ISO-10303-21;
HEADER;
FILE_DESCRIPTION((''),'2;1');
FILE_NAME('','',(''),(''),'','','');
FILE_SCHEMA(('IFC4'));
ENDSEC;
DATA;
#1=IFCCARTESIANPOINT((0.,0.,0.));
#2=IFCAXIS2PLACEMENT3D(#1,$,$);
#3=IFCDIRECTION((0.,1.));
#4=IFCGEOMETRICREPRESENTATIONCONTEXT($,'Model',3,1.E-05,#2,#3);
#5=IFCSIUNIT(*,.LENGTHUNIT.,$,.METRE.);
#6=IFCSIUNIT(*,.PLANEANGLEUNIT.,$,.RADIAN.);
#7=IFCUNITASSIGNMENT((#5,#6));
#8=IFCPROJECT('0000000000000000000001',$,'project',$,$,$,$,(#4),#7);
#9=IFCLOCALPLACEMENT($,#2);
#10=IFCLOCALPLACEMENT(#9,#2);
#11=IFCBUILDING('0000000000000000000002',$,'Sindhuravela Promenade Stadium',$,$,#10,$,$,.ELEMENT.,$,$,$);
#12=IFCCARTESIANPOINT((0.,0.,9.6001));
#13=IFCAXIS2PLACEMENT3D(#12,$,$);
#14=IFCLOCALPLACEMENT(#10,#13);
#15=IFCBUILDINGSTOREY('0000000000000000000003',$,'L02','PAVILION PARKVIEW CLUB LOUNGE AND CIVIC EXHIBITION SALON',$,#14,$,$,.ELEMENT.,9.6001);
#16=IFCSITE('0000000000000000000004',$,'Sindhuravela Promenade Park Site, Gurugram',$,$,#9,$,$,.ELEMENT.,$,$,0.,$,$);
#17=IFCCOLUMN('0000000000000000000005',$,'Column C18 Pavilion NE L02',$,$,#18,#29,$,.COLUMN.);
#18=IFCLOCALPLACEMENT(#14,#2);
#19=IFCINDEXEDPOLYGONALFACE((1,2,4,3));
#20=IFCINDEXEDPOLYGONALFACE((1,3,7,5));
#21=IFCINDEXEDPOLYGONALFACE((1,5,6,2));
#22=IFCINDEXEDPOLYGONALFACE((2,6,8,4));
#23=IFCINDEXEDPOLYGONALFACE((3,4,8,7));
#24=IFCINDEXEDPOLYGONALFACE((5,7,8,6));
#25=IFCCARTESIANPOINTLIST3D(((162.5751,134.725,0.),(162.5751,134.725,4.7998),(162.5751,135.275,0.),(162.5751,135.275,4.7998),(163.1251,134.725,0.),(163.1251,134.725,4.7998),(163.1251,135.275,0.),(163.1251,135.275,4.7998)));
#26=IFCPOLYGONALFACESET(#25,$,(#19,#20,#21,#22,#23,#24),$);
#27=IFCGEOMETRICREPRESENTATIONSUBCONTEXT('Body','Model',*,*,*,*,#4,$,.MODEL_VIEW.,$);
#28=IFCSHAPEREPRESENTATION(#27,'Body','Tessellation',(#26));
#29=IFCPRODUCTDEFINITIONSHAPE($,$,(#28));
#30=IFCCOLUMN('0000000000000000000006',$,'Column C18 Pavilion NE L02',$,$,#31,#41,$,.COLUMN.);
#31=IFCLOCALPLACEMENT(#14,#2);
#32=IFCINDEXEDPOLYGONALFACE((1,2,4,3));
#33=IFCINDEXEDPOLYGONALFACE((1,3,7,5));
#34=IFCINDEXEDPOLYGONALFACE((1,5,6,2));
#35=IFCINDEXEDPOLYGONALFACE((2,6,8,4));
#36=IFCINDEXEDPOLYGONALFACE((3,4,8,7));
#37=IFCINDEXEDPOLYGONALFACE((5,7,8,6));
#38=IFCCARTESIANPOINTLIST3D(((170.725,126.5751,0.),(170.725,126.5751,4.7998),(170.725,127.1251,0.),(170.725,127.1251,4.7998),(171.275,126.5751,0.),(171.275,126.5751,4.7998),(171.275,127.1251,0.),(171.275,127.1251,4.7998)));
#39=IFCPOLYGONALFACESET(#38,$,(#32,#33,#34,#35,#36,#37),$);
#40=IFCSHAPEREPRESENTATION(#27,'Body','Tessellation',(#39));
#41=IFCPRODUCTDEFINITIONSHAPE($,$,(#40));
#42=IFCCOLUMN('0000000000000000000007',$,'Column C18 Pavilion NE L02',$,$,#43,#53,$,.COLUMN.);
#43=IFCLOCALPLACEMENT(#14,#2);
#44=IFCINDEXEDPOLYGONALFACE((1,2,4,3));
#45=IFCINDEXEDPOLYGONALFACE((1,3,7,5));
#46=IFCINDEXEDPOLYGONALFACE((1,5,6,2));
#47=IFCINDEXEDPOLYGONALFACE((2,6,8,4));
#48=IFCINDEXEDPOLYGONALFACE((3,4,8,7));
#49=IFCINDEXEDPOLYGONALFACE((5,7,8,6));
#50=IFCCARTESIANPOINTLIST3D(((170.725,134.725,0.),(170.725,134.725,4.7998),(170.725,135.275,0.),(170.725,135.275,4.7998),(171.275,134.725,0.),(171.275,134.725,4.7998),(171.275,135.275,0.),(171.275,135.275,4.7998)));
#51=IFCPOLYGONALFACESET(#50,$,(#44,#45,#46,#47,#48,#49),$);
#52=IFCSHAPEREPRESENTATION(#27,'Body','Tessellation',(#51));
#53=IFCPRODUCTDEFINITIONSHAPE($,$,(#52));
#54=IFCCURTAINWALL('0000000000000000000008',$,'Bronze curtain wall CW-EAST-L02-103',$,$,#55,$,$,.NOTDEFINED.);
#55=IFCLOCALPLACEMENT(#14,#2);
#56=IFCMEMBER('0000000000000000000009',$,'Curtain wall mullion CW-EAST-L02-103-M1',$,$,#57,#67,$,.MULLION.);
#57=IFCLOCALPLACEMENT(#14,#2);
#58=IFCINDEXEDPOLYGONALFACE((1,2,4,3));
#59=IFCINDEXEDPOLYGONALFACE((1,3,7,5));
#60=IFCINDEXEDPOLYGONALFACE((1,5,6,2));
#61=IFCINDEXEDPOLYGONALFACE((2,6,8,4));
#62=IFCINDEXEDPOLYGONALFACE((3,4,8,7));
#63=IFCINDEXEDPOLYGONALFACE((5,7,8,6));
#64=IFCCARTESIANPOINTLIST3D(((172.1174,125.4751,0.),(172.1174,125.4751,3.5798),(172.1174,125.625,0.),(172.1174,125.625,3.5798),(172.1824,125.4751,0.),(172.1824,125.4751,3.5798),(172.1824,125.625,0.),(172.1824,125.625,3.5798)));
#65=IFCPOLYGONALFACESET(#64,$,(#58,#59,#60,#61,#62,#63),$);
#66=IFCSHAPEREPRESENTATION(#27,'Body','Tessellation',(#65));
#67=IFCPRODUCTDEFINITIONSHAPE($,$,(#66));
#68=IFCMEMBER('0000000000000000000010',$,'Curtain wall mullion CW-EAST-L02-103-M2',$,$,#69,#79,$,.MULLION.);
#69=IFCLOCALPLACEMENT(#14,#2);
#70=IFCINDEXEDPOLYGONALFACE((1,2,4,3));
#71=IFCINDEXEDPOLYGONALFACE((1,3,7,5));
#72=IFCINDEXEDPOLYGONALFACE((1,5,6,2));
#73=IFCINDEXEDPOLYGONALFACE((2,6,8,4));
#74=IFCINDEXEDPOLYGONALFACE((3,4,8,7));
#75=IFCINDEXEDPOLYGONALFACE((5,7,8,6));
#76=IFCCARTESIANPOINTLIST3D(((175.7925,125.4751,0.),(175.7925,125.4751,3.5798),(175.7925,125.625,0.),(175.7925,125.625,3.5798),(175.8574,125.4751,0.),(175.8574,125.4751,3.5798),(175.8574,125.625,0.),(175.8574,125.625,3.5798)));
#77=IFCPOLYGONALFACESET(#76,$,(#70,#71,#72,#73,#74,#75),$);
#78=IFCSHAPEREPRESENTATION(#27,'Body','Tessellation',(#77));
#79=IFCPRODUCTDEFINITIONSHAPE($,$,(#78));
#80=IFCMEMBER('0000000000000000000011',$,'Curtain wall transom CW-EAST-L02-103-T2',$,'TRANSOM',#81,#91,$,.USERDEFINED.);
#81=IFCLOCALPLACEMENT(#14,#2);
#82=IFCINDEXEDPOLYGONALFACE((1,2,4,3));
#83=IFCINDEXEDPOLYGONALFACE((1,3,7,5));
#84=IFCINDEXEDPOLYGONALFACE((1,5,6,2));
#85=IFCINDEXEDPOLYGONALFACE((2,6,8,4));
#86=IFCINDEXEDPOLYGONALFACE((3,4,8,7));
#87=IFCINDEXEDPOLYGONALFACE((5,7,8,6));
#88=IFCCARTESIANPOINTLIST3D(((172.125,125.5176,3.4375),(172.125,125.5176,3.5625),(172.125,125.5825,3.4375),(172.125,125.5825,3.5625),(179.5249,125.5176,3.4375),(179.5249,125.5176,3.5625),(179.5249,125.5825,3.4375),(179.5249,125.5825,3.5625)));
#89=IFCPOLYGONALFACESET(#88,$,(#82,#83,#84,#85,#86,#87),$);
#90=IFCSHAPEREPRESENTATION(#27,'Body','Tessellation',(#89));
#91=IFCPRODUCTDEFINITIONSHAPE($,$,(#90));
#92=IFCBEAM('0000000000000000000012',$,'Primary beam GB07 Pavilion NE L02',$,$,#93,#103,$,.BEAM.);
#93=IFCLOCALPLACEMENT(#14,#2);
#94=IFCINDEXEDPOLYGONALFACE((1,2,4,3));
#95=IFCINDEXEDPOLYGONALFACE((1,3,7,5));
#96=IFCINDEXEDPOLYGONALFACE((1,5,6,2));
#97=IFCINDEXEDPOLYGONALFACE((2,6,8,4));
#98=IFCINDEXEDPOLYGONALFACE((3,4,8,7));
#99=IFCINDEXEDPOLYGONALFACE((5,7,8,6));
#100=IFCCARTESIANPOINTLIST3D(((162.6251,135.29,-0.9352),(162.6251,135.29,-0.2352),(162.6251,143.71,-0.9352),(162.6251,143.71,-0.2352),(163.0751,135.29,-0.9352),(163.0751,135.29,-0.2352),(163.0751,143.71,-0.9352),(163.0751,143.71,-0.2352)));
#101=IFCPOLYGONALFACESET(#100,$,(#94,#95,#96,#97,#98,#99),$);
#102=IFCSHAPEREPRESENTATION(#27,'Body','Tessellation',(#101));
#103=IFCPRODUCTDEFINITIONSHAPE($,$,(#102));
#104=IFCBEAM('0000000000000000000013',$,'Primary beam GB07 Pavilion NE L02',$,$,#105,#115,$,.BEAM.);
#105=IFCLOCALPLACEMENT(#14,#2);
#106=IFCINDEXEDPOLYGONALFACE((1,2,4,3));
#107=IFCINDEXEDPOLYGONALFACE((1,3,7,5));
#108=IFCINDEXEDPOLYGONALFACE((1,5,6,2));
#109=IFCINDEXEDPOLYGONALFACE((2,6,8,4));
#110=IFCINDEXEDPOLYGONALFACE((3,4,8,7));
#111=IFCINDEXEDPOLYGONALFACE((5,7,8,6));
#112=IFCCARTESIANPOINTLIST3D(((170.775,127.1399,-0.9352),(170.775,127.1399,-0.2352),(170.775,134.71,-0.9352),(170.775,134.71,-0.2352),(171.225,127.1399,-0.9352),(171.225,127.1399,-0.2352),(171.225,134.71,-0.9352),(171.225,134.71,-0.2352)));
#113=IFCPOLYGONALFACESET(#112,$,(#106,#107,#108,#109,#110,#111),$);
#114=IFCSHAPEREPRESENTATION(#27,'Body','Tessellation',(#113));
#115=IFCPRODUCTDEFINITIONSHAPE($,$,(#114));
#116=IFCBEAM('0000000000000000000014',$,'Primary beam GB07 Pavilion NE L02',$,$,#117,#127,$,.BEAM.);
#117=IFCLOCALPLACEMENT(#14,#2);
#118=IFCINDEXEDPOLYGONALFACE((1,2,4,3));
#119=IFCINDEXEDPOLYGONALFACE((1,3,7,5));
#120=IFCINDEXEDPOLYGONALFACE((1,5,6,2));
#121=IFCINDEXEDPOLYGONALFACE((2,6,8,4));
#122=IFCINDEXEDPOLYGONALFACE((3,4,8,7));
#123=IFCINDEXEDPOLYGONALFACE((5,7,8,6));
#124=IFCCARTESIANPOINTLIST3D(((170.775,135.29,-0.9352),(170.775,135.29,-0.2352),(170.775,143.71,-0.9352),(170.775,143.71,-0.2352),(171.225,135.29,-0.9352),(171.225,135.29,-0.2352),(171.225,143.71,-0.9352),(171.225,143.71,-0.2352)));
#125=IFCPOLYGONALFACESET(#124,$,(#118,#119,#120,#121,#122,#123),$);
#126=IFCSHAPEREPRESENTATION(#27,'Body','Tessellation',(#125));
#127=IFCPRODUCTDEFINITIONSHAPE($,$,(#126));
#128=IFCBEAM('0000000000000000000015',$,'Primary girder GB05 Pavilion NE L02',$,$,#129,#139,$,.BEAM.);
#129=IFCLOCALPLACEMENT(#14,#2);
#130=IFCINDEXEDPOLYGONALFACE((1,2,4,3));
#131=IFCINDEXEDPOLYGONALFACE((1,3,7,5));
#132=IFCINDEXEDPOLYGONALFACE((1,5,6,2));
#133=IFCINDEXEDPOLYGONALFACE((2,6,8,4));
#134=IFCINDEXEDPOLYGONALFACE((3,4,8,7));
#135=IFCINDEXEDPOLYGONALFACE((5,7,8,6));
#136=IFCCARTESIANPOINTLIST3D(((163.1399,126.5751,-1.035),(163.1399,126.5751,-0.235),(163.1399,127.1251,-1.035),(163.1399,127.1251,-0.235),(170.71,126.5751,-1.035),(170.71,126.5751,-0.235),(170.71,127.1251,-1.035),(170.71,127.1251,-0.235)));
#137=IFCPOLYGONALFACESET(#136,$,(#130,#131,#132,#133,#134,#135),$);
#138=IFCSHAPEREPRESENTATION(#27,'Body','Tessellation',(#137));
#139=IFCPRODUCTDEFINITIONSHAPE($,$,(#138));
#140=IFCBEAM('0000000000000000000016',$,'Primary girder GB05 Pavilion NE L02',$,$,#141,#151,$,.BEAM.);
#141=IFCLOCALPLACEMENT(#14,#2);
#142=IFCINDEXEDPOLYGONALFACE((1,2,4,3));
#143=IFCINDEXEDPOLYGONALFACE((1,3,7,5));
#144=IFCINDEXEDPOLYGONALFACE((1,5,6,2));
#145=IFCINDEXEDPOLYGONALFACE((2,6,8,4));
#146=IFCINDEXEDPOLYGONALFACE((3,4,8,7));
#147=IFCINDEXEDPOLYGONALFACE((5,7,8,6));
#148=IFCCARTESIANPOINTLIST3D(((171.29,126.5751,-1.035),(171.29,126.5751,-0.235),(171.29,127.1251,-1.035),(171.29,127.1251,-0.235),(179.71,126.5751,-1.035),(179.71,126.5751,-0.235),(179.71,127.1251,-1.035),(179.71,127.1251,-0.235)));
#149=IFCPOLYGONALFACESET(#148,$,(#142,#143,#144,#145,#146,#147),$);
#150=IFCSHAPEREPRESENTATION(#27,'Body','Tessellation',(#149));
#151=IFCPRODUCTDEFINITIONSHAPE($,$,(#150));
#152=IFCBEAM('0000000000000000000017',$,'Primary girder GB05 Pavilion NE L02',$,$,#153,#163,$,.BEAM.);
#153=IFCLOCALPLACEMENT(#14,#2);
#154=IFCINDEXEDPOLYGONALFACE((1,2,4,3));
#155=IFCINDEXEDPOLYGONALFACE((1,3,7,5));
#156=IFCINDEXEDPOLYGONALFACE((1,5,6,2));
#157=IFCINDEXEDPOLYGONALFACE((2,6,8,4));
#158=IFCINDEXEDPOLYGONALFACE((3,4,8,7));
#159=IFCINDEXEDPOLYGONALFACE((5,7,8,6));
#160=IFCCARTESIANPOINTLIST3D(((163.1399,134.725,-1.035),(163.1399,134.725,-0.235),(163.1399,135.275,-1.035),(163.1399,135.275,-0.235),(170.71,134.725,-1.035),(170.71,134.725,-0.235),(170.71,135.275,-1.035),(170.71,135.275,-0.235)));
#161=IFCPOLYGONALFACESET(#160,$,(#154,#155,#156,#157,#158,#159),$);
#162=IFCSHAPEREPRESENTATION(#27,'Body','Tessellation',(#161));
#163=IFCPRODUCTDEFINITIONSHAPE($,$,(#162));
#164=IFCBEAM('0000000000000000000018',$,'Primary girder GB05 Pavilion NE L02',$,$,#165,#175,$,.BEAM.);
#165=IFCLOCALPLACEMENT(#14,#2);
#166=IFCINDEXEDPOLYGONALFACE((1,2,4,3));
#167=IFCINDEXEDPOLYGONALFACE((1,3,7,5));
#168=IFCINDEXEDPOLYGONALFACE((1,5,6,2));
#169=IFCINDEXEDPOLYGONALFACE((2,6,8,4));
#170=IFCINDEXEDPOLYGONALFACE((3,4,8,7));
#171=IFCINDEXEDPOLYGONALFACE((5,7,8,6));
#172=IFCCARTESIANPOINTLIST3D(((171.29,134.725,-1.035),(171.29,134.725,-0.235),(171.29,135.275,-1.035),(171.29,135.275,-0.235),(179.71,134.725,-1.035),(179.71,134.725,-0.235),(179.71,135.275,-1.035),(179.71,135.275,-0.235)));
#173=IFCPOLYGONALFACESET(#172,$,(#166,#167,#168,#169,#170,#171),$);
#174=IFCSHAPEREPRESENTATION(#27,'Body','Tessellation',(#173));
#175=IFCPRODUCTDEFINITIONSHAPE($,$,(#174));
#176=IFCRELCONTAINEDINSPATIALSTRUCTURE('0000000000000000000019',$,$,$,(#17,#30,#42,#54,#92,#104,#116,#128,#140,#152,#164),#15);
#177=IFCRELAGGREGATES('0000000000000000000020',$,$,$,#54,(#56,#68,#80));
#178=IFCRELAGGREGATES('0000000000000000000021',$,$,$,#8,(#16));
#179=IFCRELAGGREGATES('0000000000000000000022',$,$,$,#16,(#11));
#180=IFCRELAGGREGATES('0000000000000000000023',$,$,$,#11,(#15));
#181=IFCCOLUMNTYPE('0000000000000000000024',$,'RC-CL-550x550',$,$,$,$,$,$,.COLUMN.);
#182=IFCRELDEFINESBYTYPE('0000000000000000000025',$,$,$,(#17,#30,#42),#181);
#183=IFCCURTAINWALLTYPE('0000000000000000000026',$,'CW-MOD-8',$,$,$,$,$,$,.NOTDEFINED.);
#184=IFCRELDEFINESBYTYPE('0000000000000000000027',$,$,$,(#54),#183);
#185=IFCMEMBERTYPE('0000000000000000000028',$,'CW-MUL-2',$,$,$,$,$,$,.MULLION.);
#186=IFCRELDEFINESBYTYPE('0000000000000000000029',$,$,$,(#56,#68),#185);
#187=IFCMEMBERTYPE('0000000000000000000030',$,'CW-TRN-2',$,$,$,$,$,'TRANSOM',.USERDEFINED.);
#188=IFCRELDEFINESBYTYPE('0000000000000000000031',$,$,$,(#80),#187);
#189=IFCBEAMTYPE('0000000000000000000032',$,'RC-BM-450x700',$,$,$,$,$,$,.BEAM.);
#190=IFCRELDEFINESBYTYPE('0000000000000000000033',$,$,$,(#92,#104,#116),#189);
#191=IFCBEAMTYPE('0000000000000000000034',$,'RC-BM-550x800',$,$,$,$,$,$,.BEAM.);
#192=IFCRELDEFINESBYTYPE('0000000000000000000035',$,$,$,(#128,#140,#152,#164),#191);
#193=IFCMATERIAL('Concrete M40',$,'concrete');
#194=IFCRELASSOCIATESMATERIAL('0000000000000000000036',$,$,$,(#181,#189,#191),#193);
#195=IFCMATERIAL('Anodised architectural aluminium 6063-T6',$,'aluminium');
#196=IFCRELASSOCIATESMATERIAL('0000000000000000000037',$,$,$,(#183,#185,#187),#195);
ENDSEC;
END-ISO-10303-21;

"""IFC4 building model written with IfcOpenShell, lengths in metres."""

from ifc_helpers import new_model, si_unit, direction, frame, origin, origin_2d, place, context, subcontext, project, spatial, rectangle, extrude, material, material_profile, profile_set, type_object, element, aggregate, save


model = new_model("IFC4")

# Units and contexts
model_context = context("Model", 3, precision=1e-05, world=origin(), true_north=direction((0.0, 1.0)))
body_context = subcontext(model_context, "Body", "Model", "MODEL_VIEW")
ifc_project = project(units=[si_unit("LENGTHUNIT", "METRE"), si_unit("PLANEANGLEUNIT", "RADIAN")], contexts=[model_context])

# Site, building, storey
site_placement = place(None, origin())
site = spatial("IfcSite", under=ifc_project, at=site_placement, Name="Sindhuravela Promenade Park Site, Gurugram", CompositionType="ELEMENT", RefElevation=0.0)
building_placement = place(site_placement, origin())
building = spatial("IfcBuilding", under=site, at=building_placement, Name="Sindhuravela Promenade Stadium", CompositionType="ELEMENT")
storey_placement = place(building_placement, frame((0.0, 0.0, 9.6001)))
storey = spatial("IfcBuildingStorey", under=building, at=storey_placement, Name="L02", Description="PAVILION PARKVIEW CLUB LOUNGE AND CIVIC EXHIBITION SALON", CompositionType="ELEMENT", Elevation=9.6001)

# Columns
ifc_material_1 = material(Name="Concrete M40", Category="concrete")
ifc_material_profile_1 = material_profile(ifc_material_1, rectangle(XDim=0.55, YDim=0.55, at=origin_2d()), Name="RC 550x550")
ifc_profile_set_1 = profile_set([ifc_material_profile_1], Name="Concrete M40")
column_type = type_object("IfcColumnType", Name="RC-CL-550x550", PredefinedType="COLUMN", material=ifc_profile_set_1)
for number, where, z_axis, x_axis, name in (
    (1, (162.8501, 135.0, 0.0), (0.0, 0.0, 1.0), (1.0, 0.0, 0.0), "Column C18 Pavilion NE L02"),
    (2, (171.0, 126.8501, 0.0), (0.0, 0.0, 1.0), (1.0, 0.0, 0.0), "Column C18 Pavilion NE L02"),
    (3, (171.0, 135.0, 0.0), (0.0, 0.0, 1.0), (1.0, 0.0, 0.0), "Column C18 Pavilion NE L02"),
):
    element("IfcColumn", number, at=place(storey_placement, frame(where, z_axis=z_axis, x_axis=x_axis)), inside=storey, type_object=column_type, Name=name, PredefinedType="COLUMN", context=body_context, shape_type="SweptSolid", body=[
        extrude(rectangle(XDim=0.55, YDim=0.55, at=origin_2d()), origin(), (0.0, 0.0, 1.0), 4.7998),
    ])

# Curtain wall, members
ifc_material_2 = material(Name="Anodised architectural aluminium 6063-T6", Category="aluminium")
curtain_wall_type = type_object("IfcCurtainWallType", Name="CW-MOD-8", PredefinedType="NOTDEFINED", material=ifc_material_2)
curtain_wall_placement = place(storey_placement, origin())
curtain_wall = element("IfcCurtainWall", 4, at=curtain_wall_placement, inside=storey, type_object=curtain_wall_type, Name="Bronze curtain wall CW-EAST-L02-103", PredefinedType="NOTDEFINED")
ifc_material_profile_2 = material_profile(ifc_material_2, rectangle(XDim=0.0649, YDim=0.1499, at=origin_2d()), Name="ALU MULL 65x150")
ifc_profile_set_2 = profile_set([ifc_material_profile_2], Name="Anodised architectural aluminium 6063-T6")
member_type_1 = type_object("IfcMemberType", Name="CW-MUL-2", PredefinedType="MULLION", material=ifc_profile_set_2)
member_1_placement = place(storey_placement, frame((172.1499, 125.55, 0.0), z_axis=(0.0, 0.0, 1.0), x_axis=(1.0, 0.0, 0.0)))
member_1 = element("IfcMember", 5, at=member_1_placement, type_object=member_type_1, Name="Curtain wall mullion CW-EAST-L02-103-M1", PredefinedType="MULLION", context=body_context, shape_type="SweptSolid", body=[
    extrude(rectangle(XDim=0.0649, YDim=0.1499, at=origin_2d()), origin(), (0.0, 0.0, 1.0), 3.5798),
])
member_2_placement = place(storey_placement, frame((175.825, 125.55, 0.0), z_axis=(0.0, 0.0, 1.0), x_axis=(1.0, 0.0, 0.0)))
member_2 = element("IfcMember", 6, at=member_2_placement, type_object=member_type_1, Name="Curtain wall mullion CW-EAST-L02-103-M2", PredefinedType="MULLION", context=body_context, shape_type="SweptSolid", body=[
    extrude(rectangle(XDim=0.0649, YDim=0.1499, at=origin_2d()), origin(), (0.0, 0.0, 1.0), 3.5798),
])
ifc_material_profile_3 = material_profile(ifc_material_2, rectangle(XDim=0.0649, YDim=0.125, at=origin_2d()), Name="ALU TRAN 65x125")
ifc_profile_set_3 = profile_set([ifc_material_profile_3], Name="Anodised architectural aluminium 6063-T6")
member_type_2 = type_object("IfcMemberType", Name="CW-TRN-2", ElementType="TRANSOM", PredefinedType="USERDEFINED", material=ifc_profile_set_3)
member_3_placement = place(storey_placement, frame((172.125, 125.55, 3.5), z_axis=(1.0, 0.0, 0.0), x_axis=(0.0, 1.0, 0.0)))
member_3 = element("IfcMember", 7, at=member_3_placement, type_object=member_type_2, Name="Curtain wall transom CW-EAST-L02-103-T2", ObjectType="TRANSOM", PredefinedType="USERDEFINED", context=body_context, shape_type="SweptSolid", body=[
    extrude(rectangle(XDim=0.0649, YDim=0.125, at=origin_2d()), origin(), (0.0, 0.0, 1.0), 7.3999),
])

# Beams
ifc_material_profile_4 = material_profile(ifc_material_1, rectangle(XDim=0.45, YDim=0.7, at=origin_2d()), Name="RC 450x700")
ifc_profile_set_4 = profile_set([ifc_material_profile_4], Name="Concrete M40")
beam_type_1 = type_object("IfcBeamType", Name="RC-BM-450x700", PredefinedType="BEAM", material=ifc_profile_set_4)
beam_1_placement = place(storey_placement, frame((162.8501, 135.29, -0.5852), z_axis=(0.0, 1.0, 0.0), x_axis=(-1.0, 0.0, 0.0)))
element("IfcBeam", 8, at=beam_1_placement, inside=storey, type_object=beam_type_1, Name="Primary beam GB07 Pavilion NE L02", PredefinedType="BEAM", context=body_context, shape_type="SweptSolid", body=[
    extrude(rectangle(XDim=0.45, YDim=0.7, at=origin_2d()), origin(), (0.0, 0.0, 1.0), 8.4199),
])
beam_2_placement = place(storey_placement, frame((171.0, 127.1399, -0.5852), z_axis=(0.0, 1.0, 0.0), x_axis=(-1.0, 0.0, 0.0)))
element("IfcBeam", 9, at=beam_2_placement, inside=storey, type_object=beam_type_1, Name="Primary beam GB07 Pavilion NE L02", PredefinedType="BEAM", context=body_context, shape_type="SweptSolid", body=[
    extrude(rectangle(XDim=0.45, YDim=0.7, at=origin_2d()), origin(), (0.0, 0.0, 1.0), 7.5701),
])
beam_3_placement = place(storey_placement, frame((171.0, 135.29, -0.5852), z_axis=(0.0, 1.0, 0.0), x_axis=(-1.0, 0.0, 0.0)))
element("IfcBeam", 10, at=beam_3_placement, inside=storey, type_object=beam_type_1, Name="Primary beam GB07 Pavilion NE L02", PredefinedType="BEAM", context=body_context, shape_type="SweptSolid", body=[
    extrude(rectangle(XDim=0.45, YDim=0.7, at=origin_2d()), origin(), (0.0, 0.0, 1.0), 8.4199),
])
ifc_material_profile_5 = material_profile(ifc_material_1, rectangle(XDim=0.55, YDim=0.8, at=origin_2d()), Name="RC 550x800")
ifc_profile_set_5 = profile_set([ifc_material_profile_5], Name="Concrete M40")
beam_type_2 = type_object("IfcBeamType", Name="RC-BM-550x800", PredefinedType="BEAM", material=ifc_profile_set_5)
beam_4_placement = place(storey_placement, frame((163.1399, 126.8501, -0.635), z_axis=(1.0, 0.0, 0.0), x_axis=(0.0, 1.0, 0.0)))
element("IfcBeam", 11, at=beam_4_placement, inside=storey, type_object=beam_type_2, Name="Primary girder GB05 Pavilion NE L02", PredefinedType="BEAM", context=body_context, shape_type="SweptSolid", body=[
    extrude(rectangle(XDim=0.55, YDim=0.8, at=origin_2d()), origin(), (0.0, 0.0, 1.0), 7.5701),
])
beam_5_placement = place(storey_placement, frame((171.29, 126.8501, -0.635), z_axis=(1.0, 0.0, 0.0), x_axis=(0.0, 1.0, 0.0)))
element("IfcBeam", 12, at=beam_5_placement, inside=storey, type_object=beam_type_2, Name="Primary girder GB05 Pavilion NE L02", PredefinedType="BEAM", context=body_context, shape_type="SweptSolid", body=[
    extrude(rectangle(XDim=0.55, YDim=0.8, at=origin_2d()), origin(), (0.0, 0.0, 1.0), 8.4199),
])
beam_6_placement = place(storey_placement, frame((163.1399, 135.0, -0.635), z_axis=(1.0, 0.0, 0.0), x_axis=(0.0, 1.0, 0.0)))
element("IfcBeam", 13, at=beam_6_placement, inside=storey, type_object=beam_type_2, Name="Primary girder GB05 Pavilion NE L02", PredefinedType="BEAM", context=body_context, shape_type="SweptSolid", body=[
    extrude(rectangle(XDim=0.55, YDim=0.8, at=origin_2d()), origin(), (0.0, 0.0, 1.0), 7.5701),
])
beam_7_placement = place(storey_placement, frame((171.29, 135.0, -0.635), z_axis=(1.0, 0.0, 0.0), x_axis=(0.0, 1.0, 0.0)))
element("IfcBeam", 14, at=beam_7_placement, inside=storey, type_object=beam_type_2, Name="Primary girder GB05 Pavilion NE L02", PredefinedType="BEAM", context=body_context, shape_type="SweptSolid", body=[
    extrude(rectangle(XDim=0.55, YDim=0.8, at=origin_2d()), origin(), (0.0, 0.0, 1.0), 8.4199),
])

aggregate(curtain_wall, [member_1, member_2, member_3])

save(model, "model.ifc")
